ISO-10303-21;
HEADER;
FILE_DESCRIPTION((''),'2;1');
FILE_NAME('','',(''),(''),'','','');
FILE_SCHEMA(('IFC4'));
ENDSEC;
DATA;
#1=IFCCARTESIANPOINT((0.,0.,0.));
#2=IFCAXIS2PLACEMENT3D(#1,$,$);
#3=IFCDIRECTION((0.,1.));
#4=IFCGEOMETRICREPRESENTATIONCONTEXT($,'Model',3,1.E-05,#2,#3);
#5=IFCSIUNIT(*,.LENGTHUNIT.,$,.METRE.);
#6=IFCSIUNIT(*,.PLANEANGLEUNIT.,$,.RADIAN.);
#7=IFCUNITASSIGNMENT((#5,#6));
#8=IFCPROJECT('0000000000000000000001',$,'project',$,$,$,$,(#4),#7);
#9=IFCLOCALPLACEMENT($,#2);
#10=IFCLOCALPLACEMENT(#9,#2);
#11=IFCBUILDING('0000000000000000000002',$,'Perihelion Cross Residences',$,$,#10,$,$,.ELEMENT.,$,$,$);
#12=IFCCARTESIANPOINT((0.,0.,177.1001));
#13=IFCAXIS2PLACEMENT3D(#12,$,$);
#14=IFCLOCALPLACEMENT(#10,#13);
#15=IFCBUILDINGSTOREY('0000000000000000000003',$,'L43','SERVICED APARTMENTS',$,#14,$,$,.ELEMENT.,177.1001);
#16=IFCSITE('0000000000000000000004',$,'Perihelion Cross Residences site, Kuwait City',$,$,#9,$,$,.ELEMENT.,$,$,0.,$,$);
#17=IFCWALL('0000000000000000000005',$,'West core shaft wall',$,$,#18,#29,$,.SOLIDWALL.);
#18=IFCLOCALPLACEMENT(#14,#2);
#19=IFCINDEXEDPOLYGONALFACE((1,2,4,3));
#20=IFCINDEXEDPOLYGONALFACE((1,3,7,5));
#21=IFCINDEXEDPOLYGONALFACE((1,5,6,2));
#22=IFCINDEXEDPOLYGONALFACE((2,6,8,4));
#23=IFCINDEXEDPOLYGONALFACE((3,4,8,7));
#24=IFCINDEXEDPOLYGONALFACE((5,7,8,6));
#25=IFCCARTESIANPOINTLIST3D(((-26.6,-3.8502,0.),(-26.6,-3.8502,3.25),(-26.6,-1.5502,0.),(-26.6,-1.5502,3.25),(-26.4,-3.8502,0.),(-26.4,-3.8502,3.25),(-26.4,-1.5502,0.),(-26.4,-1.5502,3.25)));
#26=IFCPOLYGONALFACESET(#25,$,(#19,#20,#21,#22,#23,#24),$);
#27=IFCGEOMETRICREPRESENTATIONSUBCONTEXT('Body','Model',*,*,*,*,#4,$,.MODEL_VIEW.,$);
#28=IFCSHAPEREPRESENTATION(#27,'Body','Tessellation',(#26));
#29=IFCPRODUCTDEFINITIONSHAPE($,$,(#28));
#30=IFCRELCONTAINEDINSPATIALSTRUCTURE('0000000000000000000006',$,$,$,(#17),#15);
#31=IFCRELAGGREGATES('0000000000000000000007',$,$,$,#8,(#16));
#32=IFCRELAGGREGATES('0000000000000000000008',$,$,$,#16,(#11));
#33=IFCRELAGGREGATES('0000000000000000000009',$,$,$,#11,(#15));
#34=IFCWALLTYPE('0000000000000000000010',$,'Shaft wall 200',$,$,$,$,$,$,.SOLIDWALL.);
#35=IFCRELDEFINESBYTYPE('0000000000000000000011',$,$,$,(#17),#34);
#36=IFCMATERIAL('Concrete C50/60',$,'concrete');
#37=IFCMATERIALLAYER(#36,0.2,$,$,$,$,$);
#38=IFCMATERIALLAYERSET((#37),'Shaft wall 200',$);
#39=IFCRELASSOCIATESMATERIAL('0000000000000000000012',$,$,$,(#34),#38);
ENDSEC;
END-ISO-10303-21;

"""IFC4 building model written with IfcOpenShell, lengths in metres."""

from ifc_helpers import new_model, si_unit, direction, frame, frame_2d, origin, place, context, subcontext, project, spatial, rectangle, extrude, material, layer, layer_set, type_object, element, save


model = new_model("IFC4")

# Units and contexts
model_context = context("Model", 3, precision=1e-05, world=origin(), true_north=direction((0.0, 1.0)))
body_context = subcontext(model_context, "Body", "Model", "MODEL_VIEW")
ifc_project = project(units=[si_unit("LENGTHUNIT", "METRE"), si_unit("PLANEANGLEUNIT", "RADIAN")], contexts=[model_context])

# Site, building, storey
site_placement = place(None, origin())
site = spatial("IfcSite", under=ifc_project, at=site_placement, Name="Perihelion Cross Residences site, Kuwait City", CompositionType="ELEMENT", RefElevation=0.0)
building_placement = place(site_placement, origin())
building = spatial("IfcBuilding", under=site, at=building_placement, Name="Perihelion Cross Residences", CompositionType="ELEMENT")
storey_placement = place(building_placement, frame((0.0, 0.0, 177.1001)))
storey = spatial("IfcBuildingStorey", under=building, at=storey_placement, Name="L43", Description="SERVICED APARTMENTS", CompositionType="ELEMENT", Elevation=177.1001)

# Shared definitions
ifc_material_1 = material(Name="Concrete C50/60", Category="concrete")
ifc_layer_1 = layer(ifc_material_1, 0.2)
ifc_layer_set_1 = layer_set([ifc_layer_1], Name="Shaft wall 200")
wall_type_1 = type_object("IfcWallType", Name="Shaft wall 200", PredefinedType="SOLIDWALL", material=ifc_layer_set_1)

# Wall
for number, where, z_axis, x_axis, name in (
    (1, (-26.5, -3.8501, 0.0), (0.0, 0.0, 1.0), (0.0, 1.0, 0.0), "West core shaft wall"),
):
    element("IfcWall", number, at=place(storey_placement, frame(where, z_axis=z_axis, x_axis=x_axis)), inside=storey, type_object=wall_type_1, Name=name, PredefinedType="SOLIDWALL", context=body_context, shape_type="SweptSolid", body=[
        extrude(rectangle(XDim=2.3, YDim=0.2, at=frame_2d((1.1499, 0.0))), origin(), (0.0, 0.0, 1.0), 3.25),
    ])

save(model, "model.ifc")
